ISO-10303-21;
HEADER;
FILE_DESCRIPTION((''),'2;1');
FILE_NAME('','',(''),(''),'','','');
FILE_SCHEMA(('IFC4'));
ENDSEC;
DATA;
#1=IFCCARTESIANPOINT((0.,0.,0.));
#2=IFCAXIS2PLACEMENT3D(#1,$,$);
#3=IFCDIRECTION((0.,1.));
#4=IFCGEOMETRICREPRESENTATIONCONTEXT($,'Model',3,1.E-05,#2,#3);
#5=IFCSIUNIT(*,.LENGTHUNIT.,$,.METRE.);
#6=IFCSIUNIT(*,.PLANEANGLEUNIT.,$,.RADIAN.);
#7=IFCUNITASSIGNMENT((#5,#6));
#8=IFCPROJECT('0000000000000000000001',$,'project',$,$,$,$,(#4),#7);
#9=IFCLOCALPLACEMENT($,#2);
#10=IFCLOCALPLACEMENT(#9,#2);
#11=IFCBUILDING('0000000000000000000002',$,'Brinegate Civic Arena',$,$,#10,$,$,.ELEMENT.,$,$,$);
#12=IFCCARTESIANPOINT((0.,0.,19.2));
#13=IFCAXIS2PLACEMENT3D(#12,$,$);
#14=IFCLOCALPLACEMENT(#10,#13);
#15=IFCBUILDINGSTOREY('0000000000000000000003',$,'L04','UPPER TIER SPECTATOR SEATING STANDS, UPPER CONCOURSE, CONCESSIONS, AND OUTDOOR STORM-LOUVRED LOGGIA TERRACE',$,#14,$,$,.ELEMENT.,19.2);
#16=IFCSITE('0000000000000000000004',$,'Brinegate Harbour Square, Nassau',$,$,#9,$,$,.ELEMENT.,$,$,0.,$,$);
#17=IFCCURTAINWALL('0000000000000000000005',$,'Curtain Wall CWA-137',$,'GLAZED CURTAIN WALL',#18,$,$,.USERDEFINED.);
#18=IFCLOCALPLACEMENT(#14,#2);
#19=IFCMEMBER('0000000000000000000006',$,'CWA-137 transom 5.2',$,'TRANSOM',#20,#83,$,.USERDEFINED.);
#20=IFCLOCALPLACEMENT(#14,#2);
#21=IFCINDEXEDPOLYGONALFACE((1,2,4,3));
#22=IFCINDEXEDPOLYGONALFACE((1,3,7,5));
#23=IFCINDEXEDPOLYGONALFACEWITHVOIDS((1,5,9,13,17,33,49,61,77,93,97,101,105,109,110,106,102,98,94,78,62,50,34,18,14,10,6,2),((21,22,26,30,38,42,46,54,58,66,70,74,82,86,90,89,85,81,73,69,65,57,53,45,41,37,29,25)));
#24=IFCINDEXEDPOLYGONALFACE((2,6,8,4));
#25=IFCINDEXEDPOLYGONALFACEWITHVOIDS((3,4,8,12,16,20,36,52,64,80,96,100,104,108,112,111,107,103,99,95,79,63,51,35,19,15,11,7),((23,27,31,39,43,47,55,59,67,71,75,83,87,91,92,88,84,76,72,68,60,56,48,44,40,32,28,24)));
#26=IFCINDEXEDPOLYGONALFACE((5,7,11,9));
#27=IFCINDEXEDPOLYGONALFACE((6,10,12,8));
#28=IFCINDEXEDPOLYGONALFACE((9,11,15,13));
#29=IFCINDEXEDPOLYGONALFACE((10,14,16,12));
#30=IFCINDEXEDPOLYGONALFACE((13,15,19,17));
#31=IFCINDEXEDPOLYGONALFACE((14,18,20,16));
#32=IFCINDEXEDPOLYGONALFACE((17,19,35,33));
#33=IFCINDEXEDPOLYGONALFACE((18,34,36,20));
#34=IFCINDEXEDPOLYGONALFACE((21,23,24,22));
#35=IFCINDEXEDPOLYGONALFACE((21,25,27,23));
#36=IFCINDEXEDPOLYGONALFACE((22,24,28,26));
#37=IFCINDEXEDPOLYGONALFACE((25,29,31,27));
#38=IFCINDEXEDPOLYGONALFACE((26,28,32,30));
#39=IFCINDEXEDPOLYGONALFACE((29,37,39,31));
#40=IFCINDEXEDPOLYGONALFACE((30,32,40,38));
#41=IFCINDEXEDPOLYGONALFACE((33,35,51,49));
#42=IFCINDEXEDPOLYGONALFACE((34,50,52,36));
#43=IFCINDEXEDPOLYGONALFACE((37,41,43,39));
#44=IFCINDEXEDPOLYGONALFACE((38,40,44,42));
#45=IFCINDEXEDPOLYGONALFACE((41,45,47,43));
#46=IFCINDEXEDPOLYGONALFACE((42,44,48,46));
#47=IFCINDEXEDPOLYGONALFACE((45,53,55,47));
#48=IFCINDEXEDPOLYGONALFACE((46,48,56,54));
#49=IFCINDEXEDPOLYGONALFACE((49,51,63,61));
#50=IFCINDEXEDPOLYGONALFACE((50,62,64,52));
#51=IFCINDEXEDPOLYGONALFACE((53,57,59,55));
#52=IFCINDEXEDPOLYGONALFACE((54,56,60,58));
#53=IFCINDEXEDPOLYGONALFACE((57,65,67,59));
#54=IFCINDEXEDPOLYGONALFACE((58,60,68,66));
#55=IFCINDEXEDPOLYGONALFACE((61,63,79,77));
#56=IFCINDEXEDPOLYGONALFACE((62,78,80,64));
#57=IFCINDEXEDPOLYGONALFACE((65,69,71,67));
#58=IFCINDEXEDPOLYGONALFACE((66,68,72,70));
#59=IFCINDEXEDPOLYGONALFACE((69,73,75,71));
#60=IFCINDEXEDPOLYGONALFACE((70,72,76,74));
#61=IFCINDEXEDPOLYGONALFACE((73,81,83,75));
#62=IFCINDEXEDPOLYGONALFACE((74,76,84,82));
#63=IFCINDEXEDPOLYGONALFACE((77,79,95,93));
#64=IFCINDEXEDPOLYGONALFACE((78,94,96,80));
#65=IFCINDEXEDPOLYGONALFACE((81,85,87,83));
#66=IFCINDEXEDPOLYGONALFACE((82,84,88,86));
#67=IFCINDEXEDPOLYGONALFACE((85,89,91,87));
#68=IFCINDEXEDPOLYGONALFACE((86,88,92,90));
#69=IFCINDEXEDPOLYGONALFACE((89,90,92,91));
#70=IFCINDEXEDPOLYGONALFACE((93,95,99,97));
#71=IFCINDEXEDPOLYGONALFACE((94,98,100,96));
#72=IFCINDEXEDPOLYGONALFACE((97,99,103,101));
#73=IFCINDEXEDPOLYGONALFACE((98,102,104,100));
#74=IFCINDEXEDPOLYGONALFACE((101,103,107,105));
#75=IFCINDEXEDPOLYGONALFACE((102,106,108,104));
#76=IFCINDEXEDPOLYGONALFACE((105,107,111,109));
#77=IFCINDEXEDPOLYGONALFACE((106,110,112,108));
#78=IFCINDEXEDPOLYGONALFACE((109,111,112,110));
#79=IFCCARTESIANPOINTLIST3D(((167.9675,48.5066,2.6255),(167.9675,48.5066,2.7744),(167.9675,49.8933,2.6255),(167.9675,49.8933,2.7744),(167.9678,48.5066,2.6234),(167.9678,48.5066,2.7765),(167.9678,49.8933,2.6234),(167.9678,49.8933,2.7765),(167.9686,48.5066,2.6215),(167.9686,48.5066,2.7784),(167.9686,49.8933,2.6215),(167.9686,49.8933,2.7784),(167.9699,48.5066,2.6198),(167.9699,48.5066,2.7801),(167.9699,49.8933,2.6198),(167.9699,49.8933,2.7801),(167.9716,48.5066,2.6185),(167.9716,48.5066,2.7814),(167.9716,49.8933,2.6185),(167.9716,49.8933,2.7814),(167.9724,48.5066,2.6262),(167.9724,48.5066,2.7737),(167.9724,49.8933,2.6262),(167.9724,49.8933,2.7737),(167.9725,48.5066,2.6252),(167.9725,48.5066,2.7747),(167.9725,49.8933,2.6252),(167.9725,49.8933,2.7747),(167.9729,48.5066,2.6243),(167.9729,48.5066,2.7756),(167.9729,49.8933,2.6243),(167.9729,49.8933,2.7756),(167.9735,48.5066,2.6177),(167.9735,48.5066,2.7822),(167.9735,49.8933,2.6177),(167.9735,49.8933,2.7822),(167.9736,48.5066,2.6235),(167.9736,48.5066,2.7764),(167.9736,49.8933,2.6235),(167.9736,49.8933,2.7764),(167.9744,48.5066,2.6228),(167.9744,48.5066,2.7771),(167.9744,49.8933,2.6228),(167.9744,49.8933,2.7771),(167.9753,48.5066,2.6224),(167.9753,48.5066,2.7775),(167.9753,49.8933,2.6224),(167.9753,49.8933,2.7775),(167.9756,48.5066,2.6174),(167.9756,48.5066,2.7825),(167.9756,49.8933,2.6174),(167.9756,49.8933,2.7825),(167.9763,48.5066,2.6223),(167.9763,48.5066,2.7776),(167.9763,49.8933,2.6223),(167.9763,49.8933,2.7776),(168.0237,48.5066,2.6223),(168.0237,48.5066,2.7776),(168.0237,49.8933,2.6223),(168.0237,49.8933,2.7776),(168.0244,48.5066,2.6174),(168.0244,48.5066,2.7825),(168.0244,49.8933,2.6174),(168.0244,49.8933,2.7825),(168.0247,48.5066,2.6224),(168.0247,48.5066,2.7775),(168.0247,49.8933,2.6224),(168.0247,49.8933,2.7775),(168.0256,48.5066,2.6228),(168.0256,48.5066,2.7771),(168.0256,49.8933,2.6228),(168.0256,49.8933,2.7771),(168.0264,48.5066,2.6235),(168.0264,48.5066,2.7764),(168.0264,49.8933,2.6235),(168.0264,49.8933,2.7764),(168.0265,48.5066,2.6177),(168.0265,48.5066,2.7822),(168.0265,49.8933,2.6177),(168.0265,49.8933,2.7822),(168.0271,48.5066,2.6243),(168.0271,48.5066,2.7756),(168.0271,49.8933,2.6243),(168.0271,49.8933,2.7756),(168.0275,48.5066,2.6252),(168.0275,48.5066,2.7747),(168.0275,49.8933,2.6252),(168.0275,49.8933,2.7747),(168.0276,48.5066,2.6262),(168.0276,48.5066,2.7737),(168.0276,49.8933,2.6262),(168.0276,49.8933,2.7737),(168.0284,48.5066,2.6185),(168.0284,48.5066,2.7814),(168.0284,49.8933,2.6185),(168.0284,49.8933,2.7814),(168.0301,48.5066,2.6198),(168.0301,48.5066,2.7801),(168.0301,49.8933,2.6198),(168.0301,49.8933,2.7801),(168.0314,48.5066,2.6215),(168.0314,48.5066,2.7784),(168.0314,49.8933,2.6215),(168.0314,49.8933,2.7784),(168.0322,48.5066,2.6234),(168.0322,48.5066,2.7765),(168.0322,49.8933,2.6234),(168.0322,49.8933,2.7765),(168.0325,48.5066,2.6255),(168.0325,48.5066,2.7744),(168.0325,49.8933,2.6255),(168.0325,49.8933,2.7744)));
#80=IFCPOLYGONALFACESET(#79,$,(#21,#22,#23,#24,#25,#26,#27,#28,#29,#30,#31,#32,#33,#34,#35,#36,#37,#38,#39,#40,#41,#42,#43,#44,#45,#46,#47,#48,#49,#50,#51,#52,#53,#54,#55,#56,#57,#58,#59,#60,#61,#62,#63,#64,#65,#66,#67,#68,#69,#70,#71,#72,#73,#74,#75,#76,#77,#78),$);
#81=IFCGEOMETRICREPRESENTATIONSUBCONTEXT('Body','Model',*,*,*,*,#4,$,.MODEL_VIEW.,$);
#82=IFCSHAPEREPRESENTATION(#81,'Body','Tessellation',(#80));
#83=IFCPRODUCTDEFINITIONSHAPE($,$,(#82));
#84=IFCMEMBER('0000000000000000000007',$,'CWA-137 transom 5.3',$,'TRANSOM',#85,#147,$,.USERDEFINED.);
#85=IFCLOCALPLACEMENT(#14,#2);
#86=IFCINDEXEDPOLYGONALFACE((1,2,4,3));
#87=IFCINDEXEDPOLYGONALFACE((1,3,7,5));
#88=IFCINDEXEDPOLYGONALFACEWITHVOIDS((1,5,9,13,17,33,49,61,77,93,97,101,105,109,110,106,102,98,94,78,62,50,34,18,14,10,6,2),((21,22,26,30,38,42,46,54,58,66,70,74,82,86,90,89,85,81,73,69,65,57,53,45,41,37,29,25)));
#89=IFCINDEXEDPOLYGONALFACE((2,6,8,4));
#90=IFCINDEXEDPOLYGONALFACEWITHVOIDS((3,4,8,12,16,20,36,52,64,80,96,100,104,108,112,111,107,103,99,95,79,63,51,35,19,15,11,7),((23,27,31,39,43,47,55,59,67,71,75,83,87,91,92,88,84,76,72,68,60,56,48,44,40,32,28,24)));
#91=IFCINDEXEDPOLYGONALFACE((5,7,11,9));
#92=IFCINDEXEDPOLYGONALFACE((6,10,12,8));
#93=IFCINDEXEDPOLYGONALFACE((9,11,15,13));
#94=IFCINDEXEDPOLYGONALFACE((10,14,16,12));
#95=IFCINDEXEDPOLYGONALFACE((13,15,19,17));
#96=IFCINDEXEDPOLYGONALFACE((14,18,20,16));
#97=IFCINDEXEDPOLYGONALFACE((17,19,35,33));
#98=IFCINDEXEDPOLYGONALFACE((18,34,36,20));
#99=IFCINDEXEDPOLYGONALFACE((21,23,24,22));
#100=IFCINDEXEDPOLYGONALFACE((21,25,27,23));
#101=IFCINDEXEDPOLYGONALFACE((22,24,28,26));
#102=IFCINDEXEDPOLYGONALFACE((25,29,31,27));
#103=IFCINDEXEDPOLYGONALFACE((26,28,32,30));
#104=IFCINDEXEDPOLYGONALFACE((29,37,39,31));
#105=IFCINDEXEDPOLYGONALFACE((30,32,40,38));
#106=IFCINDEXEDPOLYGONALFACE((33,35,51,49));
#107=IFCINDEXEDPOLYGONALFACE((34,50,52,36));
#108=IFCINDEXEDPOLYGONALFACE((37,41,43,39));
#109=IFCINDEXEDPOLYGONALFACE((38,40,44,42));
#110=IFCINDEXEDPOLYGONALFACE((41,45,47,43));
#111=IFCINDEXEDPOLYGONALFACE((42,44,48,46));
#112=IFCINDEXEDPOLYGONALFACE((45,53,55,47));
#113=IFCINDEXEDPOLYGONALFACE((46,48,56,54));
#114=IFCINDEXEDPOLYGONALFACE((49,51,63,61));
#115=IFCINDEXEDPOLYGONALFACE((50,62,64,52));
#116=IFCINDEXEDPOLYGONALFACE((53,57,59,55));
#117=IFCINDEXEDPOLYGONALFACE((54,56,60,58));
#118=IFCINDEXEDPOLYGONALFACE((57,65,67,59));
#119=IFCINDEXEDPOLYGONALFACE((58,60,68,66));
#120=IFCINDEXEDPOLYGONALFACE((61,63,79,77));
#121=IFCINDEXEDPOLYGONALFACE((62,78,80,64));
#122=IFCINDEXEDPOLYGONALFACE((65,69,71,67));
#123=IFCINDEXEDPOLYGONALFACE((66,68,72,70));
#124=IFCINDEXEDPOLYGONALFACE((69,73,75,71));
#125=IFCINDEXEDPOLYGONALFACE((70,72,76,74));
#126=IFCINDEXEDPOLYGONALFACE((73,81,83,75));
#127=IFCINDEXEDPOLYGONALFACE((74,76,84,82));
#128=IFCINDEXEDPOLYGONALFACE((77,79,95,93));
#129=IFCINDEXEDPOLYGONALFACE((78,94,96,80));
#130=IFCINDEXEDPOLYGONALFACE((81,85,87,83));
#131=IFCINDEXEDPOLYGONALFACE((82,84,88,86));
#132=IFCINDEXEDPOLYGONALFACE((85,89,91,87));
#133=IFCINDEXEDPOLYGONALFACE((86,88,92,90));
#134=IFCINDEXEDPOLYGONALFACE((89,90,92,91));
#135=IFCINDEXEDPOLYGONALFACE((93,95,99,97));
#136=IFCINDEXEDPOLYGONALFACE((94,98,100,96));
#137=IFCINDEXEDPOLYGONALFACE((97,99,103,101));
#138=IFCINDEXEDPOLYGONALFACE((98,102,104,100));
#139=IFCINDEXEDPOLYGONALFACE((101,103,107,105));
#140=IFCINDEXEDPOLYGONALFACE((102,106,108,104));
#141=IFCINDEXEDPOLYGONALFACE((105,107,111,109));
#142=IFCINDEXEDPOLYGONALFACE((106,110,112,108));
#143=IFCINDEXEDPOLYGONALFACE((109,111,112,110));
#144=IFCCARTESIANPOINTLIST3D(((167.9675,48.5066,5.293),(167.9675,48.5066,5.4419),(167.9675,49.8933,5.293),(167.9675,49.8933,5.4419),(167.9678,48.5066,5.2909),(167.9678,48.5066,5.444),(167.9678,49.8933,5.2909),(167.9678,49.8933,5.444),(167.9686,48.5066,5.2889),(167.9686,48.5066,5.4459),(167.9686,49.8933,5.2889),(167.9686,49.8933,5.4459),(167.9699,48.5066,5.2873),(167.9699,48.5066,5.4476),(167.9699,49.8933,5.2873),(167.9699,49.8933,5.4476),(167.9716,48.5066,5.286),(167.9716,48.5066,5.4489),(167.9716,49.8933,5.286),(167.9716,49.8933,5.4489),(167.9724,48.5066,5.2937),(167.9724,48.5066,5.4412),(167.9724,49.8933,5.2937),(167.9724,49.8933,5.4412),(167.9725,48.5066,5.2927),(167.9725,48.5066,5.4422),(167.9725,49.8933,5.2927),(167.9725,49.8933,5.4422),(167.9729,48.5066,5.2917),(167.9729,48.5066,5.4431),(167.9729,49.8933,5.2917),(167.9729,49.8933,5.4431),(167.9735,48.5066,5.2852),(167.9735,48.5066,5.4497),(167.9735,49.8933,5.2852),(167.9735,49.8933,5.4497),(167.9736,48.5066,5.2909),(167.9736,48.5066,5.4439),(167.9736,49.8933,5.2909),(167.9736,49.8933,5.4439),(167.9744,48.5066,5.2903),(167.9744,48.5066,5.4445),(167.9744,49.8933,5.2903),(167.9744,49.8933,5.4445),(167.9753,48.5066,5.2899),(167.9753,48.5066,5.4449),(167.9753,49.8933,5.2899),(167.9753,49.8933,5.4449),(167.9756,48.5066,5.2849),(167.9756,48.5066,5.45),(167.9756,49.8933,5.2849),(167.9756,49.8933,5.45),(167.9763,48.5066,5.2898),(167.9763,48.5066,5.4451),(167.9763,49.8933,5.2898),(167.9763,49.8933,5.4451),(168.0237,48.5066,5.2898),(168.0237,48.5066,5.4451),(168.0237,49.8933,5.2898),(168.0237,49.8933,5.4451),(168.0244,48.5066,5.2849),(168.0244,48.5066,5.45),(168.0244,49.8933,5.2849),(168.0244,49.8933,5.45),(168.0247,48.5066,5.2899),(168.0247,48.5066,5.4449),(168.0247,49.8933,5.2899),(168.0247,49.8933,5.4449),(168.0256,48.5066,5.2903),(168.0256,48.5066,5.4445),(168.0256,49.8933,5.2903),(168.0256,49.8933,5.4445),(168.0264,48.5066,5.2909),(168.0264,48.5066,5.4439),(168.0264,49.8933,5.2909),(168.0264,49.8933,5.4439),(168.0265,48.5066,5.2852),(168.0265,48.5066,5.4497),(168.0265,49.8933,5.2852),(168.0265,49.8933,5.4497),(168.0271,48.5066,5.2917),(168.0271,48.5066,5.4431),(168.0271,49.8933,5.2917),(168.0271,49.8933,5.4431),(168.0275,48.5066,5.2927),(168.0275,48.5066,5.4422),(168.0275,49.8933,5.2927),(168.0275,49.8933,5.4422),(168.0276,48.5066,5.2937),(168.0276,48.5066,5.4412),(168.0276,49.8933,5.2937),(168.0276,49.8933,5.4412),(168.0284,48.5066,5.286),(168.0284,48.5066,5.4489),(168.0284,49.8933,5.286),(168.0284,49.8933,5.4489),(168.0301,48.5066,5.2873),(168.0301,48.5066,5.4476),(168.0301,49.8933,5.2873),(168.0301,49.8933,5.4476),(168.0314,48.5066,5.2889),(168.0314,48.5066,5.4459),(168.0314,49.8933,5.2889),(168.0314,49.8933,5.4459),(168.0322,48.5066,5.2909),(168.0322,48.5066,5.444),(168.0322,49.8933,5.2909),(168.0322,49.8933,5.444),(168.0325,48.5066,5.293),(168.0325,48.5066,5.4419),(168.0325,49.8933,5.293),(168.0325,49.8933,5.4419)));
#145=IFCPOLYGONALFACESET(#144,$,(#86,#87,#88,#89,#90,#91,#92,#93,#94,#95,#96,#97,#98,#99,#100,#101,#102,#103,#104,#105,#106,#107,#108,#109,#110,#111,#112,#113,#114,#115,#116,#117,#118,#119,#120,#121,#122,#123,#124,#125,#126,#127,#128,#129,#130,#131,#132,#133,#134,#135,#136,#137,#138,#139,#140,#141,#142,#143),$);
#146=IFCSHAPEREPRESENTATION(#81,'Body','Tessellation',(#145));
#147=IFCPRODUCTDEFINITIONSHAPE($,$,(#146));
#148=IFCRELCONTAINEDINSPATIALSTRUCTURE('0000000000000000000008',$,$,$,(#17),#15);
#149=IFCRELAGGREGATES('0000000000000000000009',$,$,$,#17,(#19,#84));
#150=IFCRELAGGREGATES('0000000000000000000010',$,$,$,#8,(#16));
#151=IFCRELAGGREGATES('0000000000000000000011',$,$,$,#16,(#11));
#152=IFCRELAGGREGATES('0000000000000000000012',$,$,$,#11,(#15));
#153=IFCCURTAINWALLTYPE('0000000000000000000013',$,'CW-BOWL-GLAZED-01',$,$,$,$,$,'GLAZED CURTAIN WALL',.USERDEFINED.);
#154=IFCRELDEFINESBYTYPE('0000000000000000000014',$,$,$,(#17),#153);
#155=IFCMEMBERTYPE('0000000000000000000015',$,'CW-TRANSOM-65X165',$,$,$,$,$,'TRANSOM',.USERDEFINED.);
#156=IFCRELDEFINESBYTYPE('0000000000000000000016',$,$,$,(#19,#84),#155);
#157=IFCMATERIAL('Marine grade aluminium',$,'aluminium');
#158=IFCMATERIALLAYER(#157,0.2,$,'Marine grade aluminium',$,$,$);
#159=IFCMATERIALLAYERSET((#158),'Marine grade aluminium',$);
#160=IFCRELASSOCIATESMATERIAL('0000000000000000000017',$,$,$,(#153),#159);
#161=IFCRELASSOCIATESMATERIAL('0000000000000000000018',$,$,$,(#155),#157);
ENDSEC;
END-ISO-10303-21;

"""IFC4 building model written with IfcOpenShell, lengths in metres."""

from ifc_helpers import new_model, si_unit, direction, frame, origin, origin_2d, place, context, subcontext, project, spatial, hollow_rectangle, extrude, material, layer, layer_set, material_profile, profile_set, type_object, element, aggregate, save


model = new_model("IFC4")

# Units and contexts
model_context = context("Model", 3, precision=1e-05, world=origin(), true_north=direction((0.0, 1.0)))
body_context = subcontext(model_context, "Body", "Model", "MODEL_VIEW")
ifc_project = project(units=[si_unit("LENGTHUNIT", "METRE"), si_unit("PLANEANGLEUNIT", "RADIAN")], contexts=[model_context])

# Site, building, storey
site_placement = place(None, origin())
site = spatial("IfcSite", under=ifc_project, at=site_placement, Name="Brinegate Harbour Square, Nassau", CompositionType="ELEMENT", RefElevation=0.0)
building_placement = place(site_placement, origin())
building = spatial("IfcBuilding", under=site, at=building_placement, Name="Brinegate Civic Arena", CompositionType="ELEMENT")
storey_placement = place(building_placement, frame((0.0, 0.0, 19.2)))
storey = spatial("IfcBuildingStorey", under=building, at=storey_placement, Name="L04", Description="UPPER TIER SPECTATOR SEATING STANDS, UPPER CONCOURSE, CONCESSIONS, AND OUTDOOR STORM-LOUVRED LOGGIA TERRACE", CompositionType="ELEMENT", Elevation=19.2)

# Curtain wall, members
ifc_material_1 = material(Name="Marine grade aluminium", Category="aluminium")
ifc_layer_1 = layer(ifc_material_1, 0.2, Name="Marine grade aluminium")
ifc_layer_set_1 = layer_set([ifc_layer_1], Name="Marine grade aluminium")
curtain_wall_type = type_object("IfcCurtainWallType", Name="CW-BOWL-GLAZED-01", ElementType="GLAZED CURTAIN WALL", PredefinedType="USERDEFINED", material=ifc_layer_set_1)
curtain_wall_1_placement = place(storey_placement, origin())
curtain_wall_1 = element("IfcCurtainWall", 1, at=curtain_wall_1_placement, inside=storey, type_object=curtain_wall_type, Name="Curtain Wall CWA-137", ObjectType="GLAZED CURTAIN WALL", PredefinedType="USERDEFINED")
ifc_material_profile_1 = material_profile(ifc_material_1, hollow_rectangle(XDim=0.0649, YDim=0.165, WallThickness=0.0049, InnerFilletRadius=0.0039, OuterFilletRadius=0.0081, at=origin_2d()), Name="TRN65X165")
ifc_profile_set_1 = profile_set([ifc_material_profile_1], Name="Marine grade aluminium")
member_type_1 = type_object("IfcMemberType", Name="CW-TRANSOM-65X165", ElementType="TRANSOM", PredefinedType="USERDEFINED", material=ifc_profile_set_1)
member_1_placement = place(storey_placement, frame((168.0, 48.5066, 2.7), z_axis=(0.0, 1.0, 0.0), x_axis=(-1.0, 0.0, 0.0)))
member_1 = element("IfcMember", 2, at=member_1_placement, type_object=member_type_1, Name="CWA-137 transom 5.2", ObjectType="TRANSOM", PredefinedType="USERDEFINED", context=body_context, shape_type="SweptSolid", body=[
    extrude(hollow_rectangle(XDim=0.0649, YDim=0.165, WallThickness=0.0049, InnerFilletRadius=0.0039, OuterFilletRadius=0.0081, at=origin_2d()), origin(), (0.0, 0.0, 1.0), 1.3867),
])
member_2_placement = place(storey_placement, frame((168.0, 48.5066, 5.3674), z_axis=(0.0, 1.0, 0.0), x_axis=(-1.0, 0.0, 0.0)))
member_2 = element("IfcMember", 3, at=member_2_placement, type_object=member_type_1, Name="CWA-137 transom 5.3", ObjectType="TRANSOM", PredefinedType="USERDEFINED", context=body_context, shape_type="SweptSolid", body=[
    extrude(hollow_rectangle(XDim=0.0649, YDim=0.165, WallThickness=0.0049, InnerFilletRadius=0.0039, OuterFilletRadius=0.0081, at=origin_2d()), origin(), (0.0, 0.0, 1.0), 1.3867),
])

aggregate(curtain_wall_1, [member_1, member_2])

save(model, "model.ifc")
